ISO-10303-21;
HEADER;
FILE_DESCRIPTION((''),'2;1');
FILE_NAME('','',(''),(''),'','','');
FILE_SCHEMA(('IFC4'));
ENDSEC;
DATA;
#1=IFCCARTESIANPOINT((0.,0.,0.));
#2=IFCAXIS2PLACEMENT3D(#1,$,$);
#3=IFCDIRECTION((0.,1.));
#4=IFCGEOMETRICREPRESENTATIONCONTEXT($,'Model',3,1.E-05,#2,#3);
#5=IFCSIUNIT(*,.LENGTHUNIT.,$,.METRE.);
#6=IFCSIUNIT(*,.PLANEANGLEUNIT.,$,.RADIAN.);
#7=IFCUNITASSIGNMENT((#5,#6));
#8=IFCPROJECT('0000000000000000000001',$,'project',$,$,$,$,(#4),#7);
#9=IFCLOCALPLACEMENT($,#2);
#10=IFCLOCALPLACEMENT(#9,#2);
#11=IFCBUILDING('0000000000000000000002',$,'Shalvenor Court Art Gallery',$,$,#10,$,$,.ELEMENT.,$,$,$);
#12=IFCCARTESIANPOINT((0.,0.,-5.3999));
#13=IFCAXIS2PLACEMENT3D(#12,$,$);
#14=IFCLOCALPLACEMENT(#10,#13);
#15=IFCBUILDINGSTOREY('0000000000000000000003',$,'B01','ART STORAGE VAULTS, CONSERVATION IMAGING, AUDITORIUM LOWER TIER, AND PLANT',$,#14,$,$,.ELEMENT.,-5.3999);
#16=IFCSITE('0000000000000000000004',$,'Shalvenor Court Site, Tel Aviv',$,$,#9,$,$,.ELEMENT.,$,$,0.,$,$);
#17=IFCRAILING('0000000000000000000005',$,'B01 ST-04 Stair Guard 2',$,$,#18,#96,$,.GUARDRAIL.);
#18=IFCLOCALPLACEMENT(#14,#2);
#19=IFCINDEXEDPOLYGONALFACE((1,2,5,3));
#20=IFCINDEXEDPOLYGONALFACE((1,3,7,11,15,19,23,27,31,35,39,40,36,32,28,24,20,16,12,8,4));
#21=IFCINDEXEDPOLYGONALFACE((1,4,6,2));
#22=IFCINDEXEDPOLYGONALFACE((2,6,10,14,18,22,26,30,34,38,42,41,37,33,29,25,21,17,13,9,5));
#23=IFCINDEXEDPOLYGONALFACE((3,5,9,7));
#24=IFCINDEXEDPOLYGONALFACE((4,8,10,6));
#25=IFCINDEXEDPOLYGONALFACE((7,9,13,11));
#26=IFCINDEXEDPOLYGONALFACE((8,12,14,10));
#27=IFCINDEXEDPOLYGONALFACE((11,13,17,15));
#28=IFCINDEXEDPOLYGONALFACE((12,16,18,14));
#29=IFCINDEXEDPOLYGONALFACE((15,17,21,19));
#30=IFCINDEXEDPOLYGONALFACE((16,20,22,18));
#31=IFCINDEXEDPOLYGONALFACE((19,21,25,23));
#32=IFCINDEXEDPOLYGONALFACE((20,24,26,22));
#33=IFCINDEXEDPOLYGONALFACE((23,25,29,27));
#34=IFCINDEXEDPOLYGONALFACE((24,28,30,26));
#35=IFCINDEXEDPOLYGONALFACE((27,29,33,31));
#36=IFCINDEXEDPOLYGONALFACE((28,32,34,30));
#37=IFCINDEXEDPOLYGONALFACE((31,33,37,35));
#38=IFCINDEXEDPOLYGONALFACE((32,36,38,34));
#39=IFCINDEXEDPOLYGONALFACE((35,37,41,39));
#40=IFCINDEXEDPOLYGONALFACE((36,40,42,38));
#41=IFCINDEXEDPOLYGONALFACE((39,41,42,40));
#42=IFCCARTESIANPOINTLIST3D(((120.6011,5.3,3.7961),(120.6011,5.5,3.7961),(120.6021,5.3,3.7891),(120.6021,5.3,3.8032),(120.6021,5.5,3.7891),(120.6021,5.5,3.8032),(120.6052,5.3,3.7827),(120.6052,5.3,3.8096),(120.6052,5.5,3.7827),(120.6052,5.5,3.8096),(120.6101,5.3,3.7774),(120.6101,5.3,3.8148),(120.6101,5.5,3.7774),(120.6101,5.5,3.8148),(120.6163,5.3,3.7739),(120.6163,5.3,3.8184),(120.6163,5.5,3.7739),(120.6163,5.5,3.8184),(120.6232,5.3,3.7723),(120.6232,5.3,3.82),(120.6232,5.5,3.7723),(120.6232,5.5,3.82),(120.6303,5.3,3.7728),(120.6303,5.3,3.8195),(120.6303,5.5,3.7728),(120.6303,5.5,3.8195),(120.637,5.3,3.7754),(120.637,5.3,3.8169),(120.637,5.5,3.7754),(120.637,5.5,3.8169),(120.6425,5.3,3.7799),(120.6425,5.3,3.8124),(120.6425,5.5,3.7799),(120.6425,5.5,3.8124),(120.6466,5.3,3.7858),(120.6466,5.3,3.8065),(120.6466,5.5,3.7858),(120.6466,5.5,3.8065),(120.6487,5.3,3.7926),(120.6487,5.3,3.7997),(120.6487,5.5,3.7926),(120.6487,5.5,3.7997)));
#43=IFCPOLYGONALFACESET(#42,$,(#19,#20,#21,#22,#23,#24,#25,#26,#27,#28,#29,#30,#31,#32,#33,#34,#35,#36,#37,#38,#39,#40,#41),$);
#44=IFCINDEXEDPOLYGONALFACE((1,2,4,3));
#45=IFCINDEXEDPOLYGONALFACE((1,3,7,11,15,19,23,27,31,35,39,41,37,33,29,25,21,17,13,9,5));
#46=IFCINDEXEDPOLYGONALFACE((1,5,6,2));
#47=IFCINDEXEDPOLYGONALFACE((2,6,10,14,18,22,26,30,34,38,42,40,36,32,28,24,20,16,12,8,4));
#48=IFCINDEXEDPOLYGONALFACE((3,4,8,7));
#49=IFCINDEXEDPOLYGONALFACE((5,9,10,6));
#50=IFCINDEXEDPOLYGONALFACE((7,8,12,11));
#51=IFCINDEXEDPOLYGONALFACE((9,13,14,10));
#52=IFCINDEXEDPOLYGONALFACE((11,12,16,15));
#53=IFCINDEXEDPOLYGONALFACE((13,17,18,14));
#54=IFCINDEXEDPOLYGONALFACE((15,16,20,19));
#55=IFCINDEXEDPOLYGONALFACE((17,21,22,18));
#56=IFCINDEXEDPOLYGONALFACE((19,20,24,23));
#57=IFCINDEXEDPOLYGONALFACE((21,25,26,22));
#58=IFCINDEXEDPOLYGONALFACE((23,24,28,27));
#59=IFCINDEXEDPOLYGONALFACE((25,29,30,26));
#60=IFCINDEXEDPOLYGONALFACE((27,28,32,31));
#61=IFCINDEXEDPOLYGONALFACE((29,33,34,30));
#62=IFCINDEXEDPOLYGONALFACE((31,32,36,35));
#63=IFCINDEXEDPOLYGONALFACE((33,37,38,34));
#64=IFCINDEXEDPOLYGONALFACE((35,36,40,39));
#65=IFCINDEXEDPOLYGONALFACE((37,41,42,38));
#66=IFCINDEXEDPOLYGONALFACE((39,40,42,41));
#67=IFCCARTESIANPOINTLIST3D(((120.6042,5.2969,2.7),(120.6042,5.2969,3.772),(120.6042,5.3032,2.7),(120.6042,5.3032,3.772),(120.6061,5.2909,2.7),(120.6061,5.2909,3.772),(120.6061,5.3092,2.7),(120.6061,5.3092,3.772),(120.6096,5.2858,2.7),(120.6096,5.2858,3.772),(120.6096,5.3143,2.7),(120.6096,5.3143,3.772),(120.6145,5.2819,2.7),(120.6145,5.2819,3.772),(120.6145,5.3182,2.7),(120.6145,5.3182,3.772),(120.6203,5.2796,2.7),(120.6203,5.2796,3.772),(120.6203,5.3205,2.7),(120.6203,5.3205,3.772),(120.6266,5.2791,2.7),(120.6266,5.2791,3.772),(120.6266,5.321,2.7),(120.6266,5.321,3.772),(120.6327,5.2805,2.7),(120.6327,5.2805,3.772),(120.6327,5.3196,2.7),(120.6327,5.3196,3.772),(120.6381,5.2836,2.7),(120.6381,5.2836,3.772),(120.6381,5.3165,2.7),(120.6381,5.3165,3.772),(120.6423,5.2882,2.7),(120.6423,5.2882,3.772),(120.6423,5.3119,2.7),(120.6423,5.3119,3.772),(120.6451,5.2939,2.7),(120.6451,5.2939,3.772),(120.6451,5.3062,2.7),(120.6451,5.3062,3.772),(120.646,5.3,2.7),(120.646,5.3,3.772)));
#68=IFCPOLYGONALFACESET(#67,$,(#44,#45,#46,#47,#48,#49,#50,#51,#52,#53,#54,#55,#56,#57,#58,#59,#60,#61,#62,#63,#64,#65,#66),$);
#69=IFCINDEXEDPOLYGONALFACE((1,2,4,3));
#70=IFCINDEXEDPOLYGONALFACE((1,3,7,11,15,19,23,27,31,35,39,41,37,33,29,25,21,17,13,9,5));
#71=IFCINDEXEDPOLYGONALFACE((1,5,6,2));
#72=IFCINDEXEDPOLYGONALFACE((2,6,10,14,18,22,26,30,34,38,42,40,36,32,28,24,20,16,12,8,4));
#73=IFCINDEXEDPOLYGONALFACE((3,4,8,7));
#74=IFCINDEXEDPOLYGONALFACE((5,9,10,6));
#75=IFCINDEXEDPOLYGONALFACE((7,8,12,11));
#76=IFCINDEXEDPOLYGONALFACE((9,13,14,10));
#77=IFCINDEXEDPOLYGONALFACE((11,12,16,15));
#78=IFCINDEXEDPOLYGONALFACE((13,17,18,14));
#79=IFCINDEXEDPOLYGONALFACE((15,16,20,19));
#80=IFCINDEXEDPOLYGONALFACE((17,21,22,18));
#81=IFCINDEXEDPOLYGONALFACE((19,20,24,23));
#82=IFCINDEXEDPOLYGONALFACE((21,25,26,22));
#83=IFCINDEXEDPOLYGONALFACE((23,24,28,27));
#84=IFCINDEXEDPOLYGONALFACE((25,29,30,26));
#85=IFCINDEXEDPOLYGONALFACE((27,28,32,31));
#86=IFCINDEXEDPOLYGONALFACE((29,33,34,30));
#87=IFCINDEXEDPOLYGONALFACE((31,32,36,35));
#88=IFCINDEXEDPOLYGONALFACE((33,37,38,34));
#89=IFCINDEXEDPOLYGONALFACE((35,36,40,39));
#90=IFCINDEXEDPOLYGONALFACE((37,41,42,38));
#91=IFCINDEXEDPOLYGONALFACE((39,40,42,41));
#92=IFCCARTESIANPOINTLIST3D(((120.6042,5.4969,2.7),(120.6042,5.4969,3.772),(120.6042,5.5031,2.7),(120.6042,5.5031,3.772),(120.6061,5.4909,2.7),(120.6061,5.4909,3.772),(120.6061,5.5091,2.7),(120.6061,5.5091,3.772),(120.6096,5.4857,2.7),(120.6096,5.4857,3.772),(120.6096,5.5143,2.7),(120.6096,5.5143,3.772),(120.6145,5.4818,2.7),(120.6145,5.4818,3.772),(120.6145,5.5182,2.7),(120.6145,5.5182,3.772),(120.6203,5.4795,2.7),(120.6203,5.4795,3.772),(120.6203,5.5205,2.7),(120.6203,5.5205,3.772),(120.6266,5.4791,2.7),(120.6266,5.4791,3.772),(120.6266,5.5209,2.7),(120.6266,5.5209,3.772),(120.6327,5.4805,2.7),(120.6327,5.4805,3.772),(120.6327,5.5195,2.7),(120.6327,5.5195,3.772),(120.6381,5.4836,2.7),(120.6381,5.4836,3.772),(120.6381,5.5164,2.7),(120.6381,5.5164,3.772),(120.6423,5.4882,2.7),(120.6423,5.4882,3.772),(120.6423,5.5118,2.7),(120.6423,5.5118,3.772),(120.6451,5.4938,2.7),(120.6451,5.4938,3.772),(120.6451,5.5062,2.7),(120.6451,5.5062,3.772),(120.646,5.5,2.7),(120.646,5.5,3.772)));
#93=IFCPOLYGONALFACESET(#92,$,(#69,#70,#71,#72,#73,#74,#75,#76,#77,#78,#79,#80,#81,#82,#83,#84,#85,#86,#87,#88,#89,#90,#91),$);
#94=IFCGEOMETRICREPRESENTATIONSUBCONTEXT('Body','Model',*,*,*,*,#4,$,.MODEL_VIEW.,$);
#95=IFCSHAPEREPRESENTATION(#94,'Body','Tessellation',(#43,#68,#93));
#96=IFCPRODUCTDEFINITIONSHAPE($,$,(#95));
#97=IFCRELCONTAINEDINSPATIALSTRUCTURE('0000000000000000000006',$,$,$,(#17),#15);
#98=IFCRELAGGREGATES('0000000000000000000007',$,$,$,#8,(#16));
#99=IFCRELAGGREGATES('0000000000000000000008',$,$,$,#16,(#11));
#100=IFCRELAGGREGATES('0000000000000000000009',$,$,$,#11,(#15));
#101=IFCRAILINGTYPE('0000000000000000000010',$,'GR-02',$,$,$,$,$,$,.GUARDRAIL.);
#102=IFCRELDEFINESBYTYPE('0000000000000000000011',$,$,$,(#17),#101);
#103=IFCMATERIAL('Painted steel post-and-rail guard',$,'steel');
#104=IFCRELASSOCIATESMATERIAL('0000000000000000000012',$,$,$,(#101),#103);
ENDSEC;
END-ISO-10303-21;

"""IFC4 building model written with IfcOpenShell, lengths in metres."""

from ifc_helpers import new_model, si_unit, direction, frame, origin, origin_2d, place, context, subcontext, project, spatial, circle, extrude, material, type_object, element, save


model = new_model("IFC4")

# Units and contexts
model_context = context("Model", 3, precision=1e-05, world=origin(), true_north=direction((0.0, 1.0)))
body_context = subcontext(model_context, "Body", "Model", "MODEL_VIEW")
ifc_project = project(units=[si_unit("LENGTHUNIT", "METRE"), si_unit("PLANEANGLEUNIT", "RADIAN")], contexts=[model_context])

# Site, building, storey
site_placement = place(None, origin())
site = spatial("IfcSite", under=ifc_project, at=site_placement, Name="Shalvenor Court Site, Tel Aviv", CompositionType="ELEMENT", RefElevation=0.0)
building_placement = place(site_placement, origin())
building = spatial("IfcBuilding", under=site, at=building_placement, Name="Shalvenor Court Art Gallery", CompositionType="ELEMENT")
storey_placement = place(building_placement, frame((0.0, 0.0, -5.3999)))
storey = spatial("IfcBuildingStorey", under=building, at=storey_placement, Name="B01", Description="ART STORAGE VAULTS, CONSERVATION IMAGING, AUDITORIUM LOWER TIER, AND PLANT", CompositionType="ELEMENT", Elevation=-5.3999)

# Railing
ifc_material_1 = material(Name="Painted steel post-and-rail guard", Category="steel")
railing_type_1 = type_object("IfcRailingType", Name="GR-02", PredefinedType="GUARDRAIL", material=ifc_material_1)
railing_1_placement = place(storey_placement, frame((120.625, 5.3, 2.7)))
element("IfcRailing", 1, at=railing_1_placement, inside=storey, type_object=railing_type_1, Name="B01 ST-04 Stair Guard 2", PredefinedType="GUARDRAIL", context=body_context, shape_type="SweptSolid", body=[
    extrude(circle(Radius=0.0239, at=origin_2d()), frame((0.0, 0.0, 1.0962), z_axis=(0.0, 1.0, 0.0), x_axis=(-1.0, 0.0, 0.0)), (0.0, 0.0, 1.0), 0.2),
    extrude(circle(Radius=0.021, at=origin_2d()), origin(), (0.0, 0.0, 1.0), 1.072),
    extrude(circle(Radius=0.021, at=origin_2d()), frame((0.0, 0.2, 0.0)), (0.0, 0.0, 1.0), 1.072),
])

save(model, "model.ifc")
